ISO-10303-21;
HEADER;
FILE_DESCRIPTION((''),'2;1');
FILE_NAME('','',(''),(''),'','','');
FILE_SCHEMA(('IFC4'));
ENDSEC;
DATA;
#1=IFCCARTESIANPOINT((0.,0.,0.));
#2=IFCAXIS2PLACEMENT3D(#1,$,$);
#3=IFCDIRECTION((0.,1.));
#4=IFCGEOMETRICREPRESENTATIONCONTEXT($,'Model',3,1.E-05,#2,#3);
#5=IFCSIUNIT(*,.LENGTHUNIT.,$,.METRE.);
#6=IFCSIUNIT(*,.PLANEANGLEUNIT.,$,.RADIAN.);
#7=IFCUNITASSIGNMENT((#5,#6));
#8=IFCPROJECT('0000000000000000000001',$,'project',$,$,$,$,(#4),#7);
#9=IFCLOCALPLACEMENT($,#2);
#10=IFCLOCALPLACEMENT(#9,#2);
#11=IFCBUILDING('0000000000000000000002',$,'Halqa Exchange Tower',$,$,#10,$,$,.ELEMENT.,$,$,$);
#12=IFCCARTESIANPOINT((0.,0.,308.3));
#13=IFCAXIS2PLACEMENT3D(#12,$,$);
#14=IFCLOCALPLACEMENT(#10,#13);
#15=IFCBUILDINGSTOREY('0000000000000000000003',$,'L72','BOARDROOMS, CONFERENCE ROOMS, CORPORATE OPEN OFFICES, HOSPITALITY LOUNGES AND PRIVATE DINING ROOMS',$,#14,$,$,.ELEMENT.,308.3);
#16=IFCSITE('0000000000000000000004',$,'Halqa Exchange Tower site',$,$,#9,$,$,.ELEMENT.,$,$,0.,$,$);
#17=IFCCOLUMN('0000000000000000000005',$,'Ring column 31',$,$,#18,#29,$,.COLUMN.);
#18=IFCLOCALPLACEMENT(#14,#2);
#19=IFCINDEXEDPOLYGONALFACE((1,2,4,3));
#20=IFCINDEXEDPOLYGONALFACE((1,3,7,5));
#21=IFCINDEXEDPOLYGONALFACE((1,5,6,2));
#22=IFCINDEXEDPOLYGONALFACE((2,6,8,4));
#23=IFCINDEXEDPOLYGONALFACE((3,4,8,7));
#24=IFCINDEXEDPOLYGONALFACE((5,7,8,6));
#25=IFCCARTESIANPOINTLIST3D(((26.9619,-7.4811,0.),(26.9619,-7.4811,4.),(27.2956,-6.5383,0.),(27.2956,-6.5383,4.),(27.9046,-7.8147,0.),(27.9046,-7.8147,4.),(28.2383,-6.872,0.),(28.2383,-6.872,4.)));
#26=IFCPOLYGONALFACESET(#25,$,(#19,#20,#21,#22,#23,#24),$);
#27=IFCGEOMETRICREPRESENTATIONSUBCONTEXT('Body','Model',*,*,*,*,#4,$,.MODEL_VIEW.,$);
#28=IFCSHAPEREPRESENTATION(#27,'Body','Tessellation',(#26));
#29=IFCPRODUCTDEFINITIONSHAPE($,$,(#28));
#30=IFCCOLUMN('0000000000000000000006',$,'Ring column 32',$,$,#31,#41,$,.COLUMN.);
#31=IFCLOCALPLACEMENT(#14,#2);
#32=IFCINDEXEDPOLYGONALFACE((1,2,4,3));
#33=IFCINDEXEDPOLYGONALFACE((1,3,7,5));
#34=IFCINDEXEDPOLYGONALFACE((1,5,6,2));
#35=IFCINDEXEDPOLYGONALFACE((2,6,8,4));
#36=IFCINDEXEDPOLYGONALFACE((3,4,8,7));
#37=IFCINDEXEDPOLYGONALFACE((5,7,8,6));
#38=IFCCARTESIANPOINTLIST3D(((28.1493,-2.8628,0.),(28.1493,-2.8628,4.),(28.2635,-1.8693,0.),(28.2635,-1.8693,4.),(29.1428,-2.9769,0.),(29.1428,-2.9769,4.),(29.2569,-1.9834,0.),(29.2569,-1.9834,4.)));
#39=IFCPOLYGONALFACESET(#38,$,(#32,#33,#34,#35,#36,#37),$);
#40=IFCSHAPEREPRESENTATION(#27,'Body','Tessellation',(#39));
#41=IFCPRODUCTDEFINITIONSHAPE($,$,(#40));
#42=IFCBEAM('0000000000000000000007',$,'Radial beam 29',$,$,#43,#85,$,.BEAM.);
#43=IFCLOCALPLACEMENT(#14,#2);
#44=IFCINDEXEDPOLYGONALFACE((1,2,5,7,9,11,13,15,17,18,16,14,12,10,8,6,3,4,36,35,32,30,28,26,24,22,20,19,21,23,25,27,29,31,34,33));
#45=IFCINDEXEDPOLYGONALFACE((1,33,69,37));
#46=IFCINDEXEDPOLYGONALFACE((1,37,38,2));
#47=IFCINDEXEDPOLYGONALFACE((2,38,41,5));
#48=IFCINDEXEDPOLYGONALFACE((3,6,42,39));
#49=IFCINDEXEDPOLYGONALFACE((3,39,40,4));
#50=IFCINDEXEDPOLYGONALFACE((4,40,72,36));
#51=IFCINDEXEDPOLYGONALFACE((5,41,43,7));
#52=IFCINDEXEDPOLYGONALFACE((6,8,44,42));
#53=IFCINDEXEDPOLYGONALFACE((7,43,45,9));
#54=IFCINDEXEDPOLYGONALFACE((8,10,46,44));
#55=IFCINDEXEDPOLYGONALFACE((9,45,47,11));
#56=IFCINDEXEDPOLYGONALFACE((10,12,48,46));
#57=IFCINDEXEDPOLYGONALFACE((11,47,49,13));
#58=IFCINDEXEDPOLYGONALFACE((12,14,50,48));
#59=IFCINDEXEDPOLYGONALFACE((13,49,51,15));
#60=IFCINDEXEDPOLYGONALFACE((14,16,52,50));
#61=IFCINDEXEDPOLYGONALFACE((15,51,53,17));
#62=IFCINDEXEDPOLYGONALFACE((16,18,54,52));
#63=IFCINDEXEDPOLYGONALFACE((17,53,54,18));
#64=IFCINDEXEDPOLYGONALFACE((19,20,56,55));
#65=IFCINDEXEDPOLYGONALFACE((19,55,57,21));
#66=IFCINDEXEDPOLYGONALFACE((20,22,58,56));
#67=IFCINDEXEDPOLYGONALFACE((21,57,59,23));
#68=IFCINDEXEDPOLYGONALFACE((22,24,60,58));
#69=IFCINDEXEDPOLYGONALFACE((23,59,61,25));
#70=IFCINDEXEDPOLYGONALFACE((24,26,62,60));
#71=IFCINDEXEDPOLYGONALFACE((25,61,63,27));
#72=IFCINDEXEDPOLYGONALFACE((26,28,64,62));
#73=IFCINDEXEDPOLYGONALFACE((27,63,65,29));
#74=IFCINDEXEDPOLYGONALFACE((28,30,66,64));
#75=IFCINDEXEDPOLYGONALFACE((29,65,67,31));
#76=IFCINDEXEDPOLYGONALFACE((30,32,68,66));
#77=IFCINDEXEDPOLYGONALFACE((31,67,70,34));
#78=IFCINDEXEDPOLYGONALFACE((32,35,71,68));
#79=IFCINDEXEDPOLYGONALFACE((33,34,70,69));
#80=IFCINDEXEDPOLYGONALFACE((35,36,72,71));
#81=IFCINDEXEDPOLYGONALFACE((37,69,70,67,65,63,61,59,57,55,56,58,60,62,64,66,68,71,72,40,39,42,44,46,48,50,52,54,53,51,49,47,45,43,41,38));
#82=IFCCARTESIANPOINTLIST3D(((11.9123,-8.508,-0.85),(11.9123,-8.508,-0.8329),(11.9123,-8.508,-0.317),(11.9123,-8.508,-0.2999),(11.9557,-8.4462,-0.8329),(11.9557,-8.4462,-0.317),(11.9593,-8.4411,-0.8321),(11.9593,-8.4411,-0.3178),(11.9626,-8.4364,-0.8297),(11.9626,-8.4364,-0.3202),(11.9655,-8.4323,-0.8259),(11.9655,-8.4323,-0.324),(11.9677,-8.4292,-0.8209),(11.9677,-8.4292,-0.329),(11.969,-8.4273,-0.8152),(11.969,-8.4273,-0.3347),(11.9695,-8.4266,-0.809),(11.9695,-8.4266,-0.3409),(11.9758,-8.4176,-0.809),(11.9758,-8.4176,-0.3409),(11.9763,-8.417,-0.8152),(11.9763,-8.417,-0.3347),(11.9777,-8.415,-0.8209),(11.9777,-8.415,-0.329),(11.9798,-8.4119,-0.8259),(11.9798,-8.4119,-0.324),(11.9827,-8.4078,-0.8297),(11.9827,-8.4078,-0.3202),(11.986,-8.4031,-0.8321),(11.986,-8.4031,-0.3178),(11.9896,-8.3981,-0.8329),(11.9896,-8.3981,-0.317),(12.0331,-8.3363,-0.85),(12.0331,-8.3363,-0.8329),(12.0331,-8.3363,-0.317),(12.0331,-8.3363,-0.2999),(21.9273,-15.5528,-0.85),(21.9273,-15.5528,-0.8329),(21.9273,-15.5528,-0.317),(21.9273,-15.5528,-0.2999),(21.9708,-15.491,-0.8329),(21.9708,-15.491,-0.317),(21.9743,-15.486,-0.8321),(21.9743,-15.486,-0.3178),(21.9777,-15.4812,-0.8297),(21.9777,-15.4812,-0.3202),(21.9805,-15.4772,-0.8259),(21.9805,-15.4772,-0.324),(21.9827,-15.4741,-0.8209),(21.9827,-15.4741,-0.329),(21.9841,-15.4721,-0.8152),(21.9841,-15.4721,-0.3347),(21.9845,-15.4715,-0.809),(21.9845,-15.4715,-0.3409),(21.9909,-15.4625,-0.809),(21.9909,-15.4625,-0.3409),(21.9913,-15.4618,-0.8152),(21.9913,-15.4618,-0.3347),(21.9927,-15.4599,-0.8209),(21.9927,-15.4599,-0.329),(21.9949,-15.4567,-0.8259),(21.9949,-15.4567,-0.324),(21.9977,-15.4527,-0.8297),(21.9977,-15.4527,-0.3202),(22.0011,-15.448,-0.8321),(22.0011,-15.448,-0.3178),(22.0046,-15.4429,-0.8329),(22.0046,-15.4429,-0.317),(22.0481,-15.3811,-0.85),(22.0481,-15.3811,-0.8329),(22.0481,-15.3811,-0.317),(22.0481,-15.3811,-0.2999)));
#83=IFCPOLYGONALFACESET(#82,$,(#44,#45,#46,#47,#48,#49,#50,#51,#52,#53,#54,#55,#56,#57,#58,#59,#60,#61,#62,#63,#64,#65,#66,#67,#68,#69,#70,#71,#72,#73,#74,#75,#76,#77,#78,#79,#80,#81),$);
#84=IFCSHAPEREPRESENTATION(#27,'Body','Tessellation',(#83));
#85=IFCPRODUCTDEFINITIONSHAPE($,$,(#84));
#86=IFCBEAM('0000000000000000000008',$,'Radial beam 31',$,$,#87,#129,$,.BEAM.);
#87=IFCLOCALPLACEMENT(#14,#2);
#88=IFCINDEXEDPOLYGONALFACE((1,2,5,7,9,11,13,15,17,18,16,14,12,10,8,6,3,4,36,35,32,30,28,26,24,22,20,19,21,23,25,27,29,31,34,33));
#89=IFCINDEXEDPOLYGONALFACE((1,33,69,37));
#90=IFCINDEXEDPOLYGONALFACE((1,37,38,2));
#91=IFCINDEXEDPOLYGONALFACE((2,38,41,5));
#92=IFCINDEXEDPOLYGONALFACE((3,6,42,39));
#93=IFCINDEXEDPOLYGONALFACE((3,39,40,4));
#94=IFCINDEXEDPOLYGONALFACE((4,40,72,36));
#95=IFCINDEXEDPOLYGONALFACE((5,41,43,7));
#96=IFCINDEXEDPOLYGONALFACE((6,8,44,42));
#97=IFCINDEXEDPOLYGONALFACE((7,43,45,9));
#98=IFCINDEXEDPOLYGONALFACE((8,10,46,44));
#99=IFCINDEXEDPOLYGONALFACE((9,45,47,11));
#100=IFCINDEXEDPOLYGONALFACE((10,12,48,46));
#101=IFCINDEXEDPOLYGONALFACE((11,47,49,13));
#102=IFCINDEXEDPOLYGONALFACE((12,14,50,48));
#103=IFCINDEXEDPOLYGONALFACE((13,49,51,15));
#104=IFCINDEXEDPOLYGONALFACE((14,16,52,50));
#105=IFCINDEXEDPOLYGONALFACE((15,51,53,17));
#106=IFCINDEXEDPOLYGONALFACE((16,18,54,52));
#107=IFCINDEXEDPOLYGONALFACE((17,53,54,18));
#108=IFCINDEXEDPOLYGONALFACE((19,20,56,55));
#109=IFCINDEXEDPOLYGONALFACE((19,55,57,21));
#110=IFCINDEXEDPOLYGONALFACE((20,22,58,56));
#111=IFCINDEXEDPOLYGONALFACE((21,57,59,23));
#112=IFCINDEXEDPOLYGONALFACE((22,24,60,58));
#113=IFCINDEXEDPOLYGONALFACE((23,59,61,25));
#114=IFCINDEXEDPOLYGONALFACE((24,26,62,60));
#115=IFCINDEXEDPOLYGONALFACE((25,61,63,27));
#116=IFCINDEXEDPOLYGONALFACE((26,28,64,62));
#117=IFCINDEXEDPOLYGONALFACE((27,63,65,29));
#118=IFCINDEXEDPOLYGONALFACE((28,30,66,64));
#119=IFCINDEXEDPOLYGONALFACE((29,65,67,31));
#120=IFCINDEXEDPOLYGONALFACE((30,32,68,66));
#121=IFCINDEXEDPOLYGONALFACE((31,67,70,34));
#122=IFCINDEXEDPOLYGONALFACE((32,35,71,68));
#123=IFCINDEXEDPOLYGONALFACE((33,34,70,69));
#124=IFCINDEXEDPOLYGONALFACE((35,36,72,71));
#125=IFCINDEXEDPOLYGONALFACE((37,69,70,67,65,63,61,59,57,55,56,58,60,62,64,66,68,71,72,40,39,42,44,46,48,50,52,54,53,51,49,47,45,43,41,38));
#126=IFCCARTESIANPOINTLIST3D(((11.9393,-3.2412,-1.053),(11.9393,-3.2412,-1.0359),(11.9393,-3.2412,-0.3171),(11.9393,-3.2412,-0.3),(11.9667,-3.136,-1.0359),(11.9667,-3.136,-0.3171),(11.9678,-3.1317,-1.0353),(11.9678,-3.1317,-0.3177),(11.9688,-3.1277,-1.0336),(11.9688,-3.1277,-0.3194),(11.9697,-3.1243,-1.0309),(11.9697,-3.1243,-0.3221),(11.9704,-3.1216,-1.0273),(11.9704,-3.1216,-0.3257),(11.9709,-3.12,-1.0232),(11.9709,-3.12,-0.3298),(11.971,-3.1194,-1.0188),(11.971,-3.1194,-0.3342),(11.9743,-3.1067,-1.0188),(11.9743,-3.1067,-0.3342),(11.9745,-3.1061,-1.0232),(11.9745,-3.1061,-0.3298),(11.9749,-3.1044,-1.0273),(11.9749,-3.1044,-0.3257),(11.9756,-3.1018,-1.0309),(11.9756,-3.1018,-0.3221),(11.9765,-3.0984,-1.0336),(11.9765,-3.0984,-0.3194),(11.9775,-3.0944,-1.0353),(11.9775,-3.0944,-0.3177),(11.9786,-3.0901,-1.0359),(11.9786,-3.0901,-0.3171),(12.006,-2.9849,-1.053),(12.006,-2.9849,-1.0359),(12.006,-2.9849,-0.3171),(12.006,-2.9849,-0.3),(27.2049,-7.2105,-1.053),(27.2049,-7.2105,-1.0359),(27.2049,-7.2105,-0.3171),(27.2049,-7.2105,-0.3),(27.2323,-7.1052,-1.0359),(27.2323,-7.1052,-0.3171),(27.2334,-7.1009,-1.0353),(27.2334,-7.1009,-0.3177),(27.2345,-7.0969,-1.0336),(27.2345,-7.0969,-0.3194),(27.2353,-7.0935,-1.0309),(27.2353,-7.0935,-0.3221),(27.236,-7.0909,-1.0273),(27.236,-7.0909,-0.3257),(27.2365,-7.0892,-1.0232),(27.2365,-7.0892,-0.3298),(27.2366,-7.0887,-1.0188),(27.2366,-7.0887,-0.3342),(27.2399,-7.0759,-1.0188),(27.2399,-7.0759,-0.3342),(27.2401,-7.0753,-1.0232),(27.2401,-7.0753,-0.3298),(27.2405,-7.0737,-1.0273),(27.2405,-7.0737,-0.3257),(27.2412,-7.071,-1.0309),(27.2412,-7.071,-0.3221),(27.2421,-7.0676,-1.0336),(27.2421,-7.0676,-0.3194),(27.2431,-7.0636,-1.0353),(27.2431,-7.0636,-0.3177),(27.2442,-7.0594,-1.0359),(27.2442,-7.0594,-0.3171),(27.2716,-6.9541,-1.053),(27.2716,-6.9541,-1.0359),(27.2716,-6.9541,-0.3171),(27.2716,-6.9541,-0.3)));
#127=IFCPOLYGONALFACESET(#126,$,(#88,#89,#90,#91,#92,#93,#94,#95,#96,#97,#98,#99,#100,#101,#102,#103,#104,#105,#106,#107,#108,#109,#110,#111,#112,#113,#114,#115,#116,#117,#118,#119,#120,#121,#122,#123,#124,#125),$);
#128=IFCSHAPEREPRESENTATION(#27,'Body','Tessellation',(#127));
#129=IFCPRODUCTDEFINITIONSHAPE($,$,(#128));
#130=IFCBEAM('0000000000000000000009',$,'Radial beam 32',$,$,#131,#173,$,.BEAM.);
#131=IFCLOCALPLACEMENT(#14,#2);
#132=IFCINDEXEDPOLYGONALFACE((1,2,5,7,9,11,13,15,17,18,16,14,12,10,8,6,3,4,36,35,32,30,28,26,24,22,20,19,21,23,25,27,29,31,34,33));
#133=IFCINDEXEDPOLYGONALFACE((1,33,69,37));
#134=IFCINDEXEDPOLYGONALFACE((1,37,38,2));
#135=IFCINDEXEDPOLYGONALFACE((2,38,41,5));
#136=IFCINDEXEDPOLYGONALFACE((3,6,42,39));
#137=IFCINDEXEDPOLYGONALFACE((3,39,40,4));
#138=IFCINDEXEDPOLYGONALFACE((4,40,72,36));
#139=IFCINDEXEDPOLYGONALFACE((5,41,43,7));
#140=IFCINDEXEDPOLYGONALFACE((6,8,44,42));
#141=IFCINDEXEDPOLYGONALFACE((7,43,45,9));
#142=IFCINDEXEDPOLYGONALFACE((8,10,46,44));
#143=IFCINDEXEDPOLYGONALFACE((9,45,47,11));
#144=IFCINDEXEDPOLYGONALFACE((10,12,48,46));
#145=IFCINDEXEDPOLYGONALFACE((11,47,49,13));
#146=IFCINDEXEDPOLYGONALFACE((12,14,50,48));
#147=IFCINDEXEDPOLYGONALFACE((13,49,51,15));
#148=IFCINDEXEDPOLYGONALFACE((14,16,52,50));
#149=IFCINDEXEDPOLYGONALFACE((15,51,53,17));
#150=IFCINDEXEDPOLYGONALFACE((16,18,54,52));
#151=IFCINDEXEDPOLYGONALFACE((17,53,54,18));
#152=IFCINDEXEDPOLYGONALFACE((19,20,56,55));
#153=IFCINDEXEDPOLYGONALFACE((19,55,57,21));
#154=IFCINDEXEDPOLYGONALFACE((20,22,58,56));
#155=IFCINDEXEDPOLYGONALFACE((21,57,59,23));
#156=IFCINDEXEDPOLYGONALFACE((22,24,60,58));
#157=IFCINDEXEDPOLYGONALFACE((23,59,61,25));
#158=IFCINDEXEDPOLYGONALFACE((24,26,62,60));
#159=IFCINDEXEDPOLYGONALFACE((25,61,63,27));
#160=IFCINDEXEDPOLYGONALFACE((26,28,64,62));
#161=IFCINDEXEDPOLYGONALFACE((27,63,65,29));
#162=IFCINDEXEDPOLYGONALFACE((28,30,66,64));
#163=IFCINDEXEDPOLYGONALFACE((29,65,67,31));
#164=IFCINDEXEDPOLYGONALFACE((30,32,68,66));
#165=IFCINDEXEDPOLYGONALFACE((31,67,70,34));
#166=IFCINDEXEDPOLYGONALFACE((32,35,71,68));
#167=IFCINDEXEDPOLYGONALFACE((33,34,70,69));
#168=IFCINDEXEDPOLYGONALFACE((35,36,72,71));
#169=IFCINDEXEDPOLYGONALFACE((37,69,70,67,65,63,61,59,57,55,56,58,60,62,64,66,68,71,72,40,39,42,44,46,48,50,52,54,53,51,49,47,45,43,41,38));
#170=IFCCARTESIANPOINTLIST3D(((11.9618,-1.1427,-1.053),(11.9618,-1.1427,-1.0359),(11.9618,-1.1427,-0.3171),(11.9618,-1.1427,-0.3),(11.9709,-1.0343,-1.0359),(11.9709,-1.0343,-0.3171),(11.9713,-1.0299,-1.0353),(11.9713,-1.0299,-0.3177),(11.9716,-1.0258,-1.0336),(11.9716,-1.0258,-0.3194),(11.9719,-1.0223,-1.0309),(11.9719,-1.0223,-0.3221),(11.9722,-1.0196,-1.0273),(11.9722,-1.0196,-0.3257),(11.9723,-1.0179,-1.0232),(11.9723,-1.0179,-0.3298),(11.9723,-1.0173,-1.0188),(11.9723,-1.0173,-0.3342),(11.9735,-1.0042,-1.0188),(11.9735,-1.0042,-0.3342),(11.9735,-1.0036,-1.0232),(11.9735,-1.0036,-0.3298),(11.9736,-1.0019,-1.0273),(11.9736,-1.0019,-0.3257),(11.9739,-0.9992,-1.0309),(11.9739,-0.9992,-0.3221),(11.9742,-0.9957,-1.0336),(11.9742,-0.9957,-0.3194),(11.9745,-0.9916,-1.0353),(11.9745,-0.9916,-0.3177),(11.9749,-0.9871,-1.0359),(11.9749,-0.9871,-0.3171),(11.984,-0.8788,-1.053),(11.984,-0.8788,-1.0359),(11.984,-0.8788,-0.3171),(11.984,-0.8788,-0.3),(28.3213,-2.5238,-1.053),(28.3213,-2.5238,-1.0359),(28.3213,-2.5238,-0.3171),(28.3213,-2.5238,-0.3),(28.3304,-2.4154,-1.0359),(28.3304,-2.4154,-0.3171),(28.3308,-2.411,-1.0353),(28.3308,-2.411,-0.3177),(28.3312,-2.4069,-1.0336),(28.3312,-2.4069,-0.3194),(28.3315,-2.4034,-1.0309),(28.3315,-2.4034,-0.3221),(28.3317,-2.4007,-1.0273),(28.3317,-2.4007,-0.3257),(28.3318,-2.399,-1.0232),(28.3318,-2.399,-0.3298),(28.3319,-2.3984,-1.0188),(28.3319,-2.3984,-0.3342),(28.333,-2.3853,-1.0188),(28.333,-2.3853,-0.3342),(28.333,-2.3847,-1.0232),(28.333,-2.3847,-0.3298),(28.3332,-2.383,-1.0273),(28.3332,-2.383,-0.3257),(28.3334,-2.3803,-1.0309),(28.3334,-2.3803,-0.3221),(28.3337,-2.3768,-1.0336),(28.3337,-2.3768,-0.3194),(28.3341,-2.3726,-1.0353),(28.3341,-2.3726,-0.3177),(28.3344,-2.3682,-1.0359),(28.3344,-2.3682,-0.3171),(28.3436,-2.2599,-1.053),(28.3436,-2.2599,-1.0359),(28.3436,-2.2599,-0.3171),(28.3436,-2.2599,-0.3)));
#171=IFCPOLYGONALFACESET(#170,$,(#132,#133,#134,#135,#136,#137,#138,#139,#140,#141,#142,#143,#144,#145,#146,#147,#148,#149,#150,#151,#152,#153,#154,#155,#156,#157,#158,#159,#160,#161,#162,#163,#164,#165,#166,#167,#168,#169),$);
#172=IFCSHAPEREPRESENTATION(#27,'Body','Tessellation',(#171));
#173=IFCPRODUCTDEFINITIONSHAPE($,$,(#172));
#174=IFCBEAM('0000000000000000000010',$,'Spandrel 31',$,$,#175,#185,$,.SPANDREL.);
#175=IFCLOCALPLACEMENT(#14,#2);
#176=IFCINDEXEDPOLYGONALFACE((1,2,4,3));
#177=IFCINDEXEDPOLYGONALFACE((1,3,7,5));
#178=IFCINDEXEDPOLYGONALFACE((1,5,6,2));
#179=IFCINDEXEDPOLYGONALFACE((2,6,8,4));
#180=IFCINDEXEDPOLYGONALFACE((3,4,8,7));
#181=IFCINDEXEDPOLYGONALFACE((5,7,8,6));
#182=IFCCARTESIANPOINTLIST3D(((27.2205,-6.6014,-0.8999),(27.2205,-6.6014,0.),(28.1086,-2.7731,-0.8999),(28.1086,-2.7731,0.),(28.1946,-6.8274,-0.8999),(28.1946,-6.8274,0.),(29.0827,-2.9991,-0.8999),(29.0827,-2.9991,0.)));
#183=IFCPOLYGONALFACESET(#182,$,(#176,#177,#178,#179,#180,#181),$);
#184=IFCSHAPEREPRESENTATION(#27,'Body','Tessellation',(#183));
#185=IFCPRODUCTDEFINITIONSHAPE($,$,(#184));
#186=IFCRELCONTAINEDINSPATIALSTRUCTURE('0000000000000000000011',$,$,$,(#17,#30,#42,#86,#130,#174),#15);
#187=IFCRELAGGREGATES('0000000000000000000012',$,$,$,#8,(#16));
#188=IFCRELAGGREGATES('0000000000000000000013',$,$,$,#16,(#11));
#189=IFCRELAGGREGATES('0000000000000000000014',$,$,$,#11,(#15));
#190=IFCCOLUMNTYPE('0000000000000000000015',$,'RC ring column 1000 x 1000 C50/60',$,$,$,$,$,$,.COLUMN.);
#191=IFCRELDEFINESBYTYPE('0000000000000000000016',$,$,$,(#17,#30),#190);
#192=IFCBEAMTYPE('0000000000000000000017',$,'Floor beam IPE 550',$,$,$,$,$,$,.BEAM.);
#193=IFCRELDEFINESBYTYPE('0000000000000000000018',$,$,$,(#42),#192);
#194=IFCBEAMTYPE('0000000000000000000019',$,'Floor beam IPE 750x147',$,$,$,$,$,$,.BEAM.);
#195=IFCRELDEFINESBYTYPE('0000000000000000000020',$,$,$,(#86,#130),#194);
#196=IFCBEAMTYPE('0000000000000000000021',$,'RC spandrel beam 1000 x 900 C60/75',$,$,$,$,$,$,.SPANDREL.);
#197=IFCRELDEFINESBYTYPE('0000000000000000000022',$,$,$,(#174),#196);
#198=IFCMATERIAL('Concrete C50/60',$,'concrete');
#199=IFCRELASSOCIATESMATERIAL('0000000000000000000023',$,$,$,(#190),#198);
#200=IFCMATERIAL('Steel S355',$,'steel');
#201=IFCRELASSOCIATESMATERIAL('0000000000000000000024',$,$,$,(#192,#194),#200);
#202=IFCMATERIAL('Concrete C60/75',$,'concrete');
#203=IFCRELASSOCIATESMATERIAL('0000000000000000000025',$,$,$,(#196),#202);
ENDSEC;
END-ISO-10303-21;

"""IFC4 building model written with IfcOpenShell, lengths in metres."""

from ifc_helpers import new_model, si_unit, direction, frame, origin, origin_2d, place, context, subcontext, project, spatial, rectangle, i_section, extrude, material, material_profile, profile_set, type_object, element, save


model = new_model("IFC4")

# Units and contexts
model_context = context("Model", 3, precision=1e-05, world=origin(), true_north=direction((0.0, 1.0)))
body_context = subcontext(model_context, "Body", "Model", "MODEL_VIEW")
ifc_project = project(units=[si_unit("LENGTHUNIT", "METRE"), si_unit("PLANEANGLEUNIT", "RADIAN")], contexts=[model_context])

# Site, building, storey
site_placement = place(None, origin())
site = spatial("IfcSite", under=ifc_project, at=site_placement, Name="Halqa Exchange Tower site", CompositionType="ELEMENT", RefElevation=0.0)
building_placement = place(site_placement, origin())
building = spatial("IfcBuilding", under=site, at=building_placement, Name="Halqa Exchange Tower", CompositionType="ELEMENT")
storey_placement = place(building_placement, frame((0.0, 0.0, 308.3)))
storey = spatial("IfcBuildingStorey", under=building, at=storey_placement, Name="L72", Description="BOARDROOMS, CONFERENCE ROOMS, CORPORATE OPEN OFFICES, HOSPITALITY LOUNGES AND PRIVATE DINING ROOMS", CompositionType="ELEMENT", Elevation=308.3)

# Columns
ifc_material_1 = material(Name="Concrete C50/60", Category="concrete")
ifc_material_profile_1 = material_profile(ifc_material_1, rectangle(XDim=1.0, YDim=1.0, at=origin_2d()), Name="1000 x 1000")
ifc_profile_set_1 = profile_set([ifc_material_profile_1], Name="Concrete C50/60")
column_type = type_object("IfcColumnType", Name="RC ring column 1000 x 1000 C50/60", PredefinedType="COLUMN", material=ifc_profile_set_1)
for number, where, z_axis, x_axis, name in (
    (1, (27.6001, -7.1765, 0.0), (0.0, 0.0, 1.0), (0.333623, 0.942707, 0.0), "Ring column 31"),
    (2, (28.7031, -2.4231, 0.0), (0.0, 0.0, 1.0), (0.11415, 0.993464, 0.0), "Ring column 32"),
):
    element("IfcColumn", number, at=place(storey_placement, frame(where, z_axis=z_axis, x_axis=x_axis)), inside=storey, type_object=column_type, Name=name, PredefinedType="COLUMN", context=body_context, shape_type="SweptSolid", body=[
        extrude(rectangle(XDim=1.0, YDim=1.0, at=origin_2d()), origin(), (0.0, 0.0, 1.0), 4.0),
    ])

# Beams
ifc_material_2 = material(Name="Steel S355", Category="steel")
ifc_material_profile_2 = material_profile(ifc_material_2, i_section(OverallWidth=0.21, OverallDepth=0.55, WebThickness=0.011, FlangeThickness=0.0171, FilletRadius=0.0239, at=origin_2d()), Name="IPE 550")
ifc_profile_set_2 = profile_set([ifc_material_profile_2], Name="Steel S355")
beam_type_1 = type_object("IfcBeamType", Name="Floor beam IPE 550", PredefinedType="BEAM", material=ifc_profile_set_2)
beam_1_placement = place(storey_placement, frame((11.9727, -8.4221, -0.575), z_axis=(0.817913, -0.575342, 0.0), x_axis=(0.575342, 0.817913, 0.0)))
element("IfcBeam", 3, at=beam_1_placement, inside=storey, type_object=beam_type_1, Name="Radial beam 29", PredefinedType="BEAM", context=body_context, shape_type="SweptSolid", body=[
    extrude(i_section(OverallWidth=0.21, OverallDepth=0.55, WebThickness=0.011, FlangeThickness=0.0171, FilletRadius=0.0239, at=origin_2d()), origin(), (0.0, 0.0, 1.0), 12.2446),
])
ifc_material_profile_3 = material_profile(ifc_material_2, i_section(OverallWidth=0.2649, OverallDepth=0.7529, WebThickness=0.0132, FlangeThickness=0.0171, FilletRadius=0.0171, at=origin_2d()), Name="IPE 750x147")
ifc_profile_set_3 = profile_set([ifc_material_profile_3], Name="Steel S355")
beam_type_2 = type_object("IfcBeamType", Name="Floor beam IPE 750x147", PredefinedType="BEAM", material=ifc_profile_set_3)
beam_2_placement = place(storey_placement, frame((11.9727, -3.113, -0.6765), z_axis=(0.96782, -0.251644, 0.0), x_axis=(0.251644, 0.96782, 0.0)))
element("IfcBeam", 4, at=beam_2_placement, inside=storey, type_object=beam_type_2, Name="Radial beam 31", PredefinedType="BEAM", context=body_context, shape_type="SweptSolid", body=[
    extrude(i_section(OverallWidth=0.2649, OverallDepth=0.7529, WebThickness=0.0132, FlangeThickness=0.0171, FilletRadius=0.0171, at=origin_2d()), origin(), (0.0, 0.0, 1.0), 15.7732),
])
beam_3_placement = place(storey_placement, frame((11.9729, -1.0107, -0.6765), z_axis=(0.996455, -0.084122, 0.0), x_axis=(0.084122, 0.996455, 0.0)))
element("IfcBeam", 5, at=beam_3_placement, inside=storey, type_object=beam_type_2, Name="Radial beam 32", PredefinedType="BEAM", context=body_context, shape_type="SweptSolid", body=[
    extrude(i_section(OverallWidth=0.2649, OverallDepth=0.7529, WebThickness=0.0132, FlangeThickness=0.0171, FilletRadius=0.0171, at=origin_2d()), origin(), (0.0, 0.0, 1.0), 16.4177),
])
ifc_material_3 = material(Name="Concrete C60/75", Category="concrete")
ifc_material_profile_4 = material_profile(ifc_material_3, rectangle(XDim=1.0, YDim=0.8999, at=origin_2d()), Name="1000 x 900")
ifc_profile_set_4 = profile_set([ifc_material_profile_4], Name="Concrete C60/75")
beam_type_3 = type_object("IfcBeamType", Name="RC spandrel beam 1000 x 900 C60/75", PredefinedType="SPANDREL", material=ifc_profile_set_4)
beam_4_placement = place(storey_placement, frame((27.7075, -6.7144, -0.45), z_axis=(0.225998, 0.974128, 0.0), x_axis=(-0.974128, 0.225998, 0.0)))
element("IfcBeam", 6, at=beam_4_placement, inside=storey, type_object=beam_type_3, Name="Spandrel 31", PredefinedType="SPANDREL", context=body_context, shape_type="SweptSolid", body=[
    extrude(rectangle(XDim=1.0, YDim=0.8999, at=origin_2d()), origin(), (0.0, 0.0, 1.0), 3.9299),
])

save(model, "model.ifc")
